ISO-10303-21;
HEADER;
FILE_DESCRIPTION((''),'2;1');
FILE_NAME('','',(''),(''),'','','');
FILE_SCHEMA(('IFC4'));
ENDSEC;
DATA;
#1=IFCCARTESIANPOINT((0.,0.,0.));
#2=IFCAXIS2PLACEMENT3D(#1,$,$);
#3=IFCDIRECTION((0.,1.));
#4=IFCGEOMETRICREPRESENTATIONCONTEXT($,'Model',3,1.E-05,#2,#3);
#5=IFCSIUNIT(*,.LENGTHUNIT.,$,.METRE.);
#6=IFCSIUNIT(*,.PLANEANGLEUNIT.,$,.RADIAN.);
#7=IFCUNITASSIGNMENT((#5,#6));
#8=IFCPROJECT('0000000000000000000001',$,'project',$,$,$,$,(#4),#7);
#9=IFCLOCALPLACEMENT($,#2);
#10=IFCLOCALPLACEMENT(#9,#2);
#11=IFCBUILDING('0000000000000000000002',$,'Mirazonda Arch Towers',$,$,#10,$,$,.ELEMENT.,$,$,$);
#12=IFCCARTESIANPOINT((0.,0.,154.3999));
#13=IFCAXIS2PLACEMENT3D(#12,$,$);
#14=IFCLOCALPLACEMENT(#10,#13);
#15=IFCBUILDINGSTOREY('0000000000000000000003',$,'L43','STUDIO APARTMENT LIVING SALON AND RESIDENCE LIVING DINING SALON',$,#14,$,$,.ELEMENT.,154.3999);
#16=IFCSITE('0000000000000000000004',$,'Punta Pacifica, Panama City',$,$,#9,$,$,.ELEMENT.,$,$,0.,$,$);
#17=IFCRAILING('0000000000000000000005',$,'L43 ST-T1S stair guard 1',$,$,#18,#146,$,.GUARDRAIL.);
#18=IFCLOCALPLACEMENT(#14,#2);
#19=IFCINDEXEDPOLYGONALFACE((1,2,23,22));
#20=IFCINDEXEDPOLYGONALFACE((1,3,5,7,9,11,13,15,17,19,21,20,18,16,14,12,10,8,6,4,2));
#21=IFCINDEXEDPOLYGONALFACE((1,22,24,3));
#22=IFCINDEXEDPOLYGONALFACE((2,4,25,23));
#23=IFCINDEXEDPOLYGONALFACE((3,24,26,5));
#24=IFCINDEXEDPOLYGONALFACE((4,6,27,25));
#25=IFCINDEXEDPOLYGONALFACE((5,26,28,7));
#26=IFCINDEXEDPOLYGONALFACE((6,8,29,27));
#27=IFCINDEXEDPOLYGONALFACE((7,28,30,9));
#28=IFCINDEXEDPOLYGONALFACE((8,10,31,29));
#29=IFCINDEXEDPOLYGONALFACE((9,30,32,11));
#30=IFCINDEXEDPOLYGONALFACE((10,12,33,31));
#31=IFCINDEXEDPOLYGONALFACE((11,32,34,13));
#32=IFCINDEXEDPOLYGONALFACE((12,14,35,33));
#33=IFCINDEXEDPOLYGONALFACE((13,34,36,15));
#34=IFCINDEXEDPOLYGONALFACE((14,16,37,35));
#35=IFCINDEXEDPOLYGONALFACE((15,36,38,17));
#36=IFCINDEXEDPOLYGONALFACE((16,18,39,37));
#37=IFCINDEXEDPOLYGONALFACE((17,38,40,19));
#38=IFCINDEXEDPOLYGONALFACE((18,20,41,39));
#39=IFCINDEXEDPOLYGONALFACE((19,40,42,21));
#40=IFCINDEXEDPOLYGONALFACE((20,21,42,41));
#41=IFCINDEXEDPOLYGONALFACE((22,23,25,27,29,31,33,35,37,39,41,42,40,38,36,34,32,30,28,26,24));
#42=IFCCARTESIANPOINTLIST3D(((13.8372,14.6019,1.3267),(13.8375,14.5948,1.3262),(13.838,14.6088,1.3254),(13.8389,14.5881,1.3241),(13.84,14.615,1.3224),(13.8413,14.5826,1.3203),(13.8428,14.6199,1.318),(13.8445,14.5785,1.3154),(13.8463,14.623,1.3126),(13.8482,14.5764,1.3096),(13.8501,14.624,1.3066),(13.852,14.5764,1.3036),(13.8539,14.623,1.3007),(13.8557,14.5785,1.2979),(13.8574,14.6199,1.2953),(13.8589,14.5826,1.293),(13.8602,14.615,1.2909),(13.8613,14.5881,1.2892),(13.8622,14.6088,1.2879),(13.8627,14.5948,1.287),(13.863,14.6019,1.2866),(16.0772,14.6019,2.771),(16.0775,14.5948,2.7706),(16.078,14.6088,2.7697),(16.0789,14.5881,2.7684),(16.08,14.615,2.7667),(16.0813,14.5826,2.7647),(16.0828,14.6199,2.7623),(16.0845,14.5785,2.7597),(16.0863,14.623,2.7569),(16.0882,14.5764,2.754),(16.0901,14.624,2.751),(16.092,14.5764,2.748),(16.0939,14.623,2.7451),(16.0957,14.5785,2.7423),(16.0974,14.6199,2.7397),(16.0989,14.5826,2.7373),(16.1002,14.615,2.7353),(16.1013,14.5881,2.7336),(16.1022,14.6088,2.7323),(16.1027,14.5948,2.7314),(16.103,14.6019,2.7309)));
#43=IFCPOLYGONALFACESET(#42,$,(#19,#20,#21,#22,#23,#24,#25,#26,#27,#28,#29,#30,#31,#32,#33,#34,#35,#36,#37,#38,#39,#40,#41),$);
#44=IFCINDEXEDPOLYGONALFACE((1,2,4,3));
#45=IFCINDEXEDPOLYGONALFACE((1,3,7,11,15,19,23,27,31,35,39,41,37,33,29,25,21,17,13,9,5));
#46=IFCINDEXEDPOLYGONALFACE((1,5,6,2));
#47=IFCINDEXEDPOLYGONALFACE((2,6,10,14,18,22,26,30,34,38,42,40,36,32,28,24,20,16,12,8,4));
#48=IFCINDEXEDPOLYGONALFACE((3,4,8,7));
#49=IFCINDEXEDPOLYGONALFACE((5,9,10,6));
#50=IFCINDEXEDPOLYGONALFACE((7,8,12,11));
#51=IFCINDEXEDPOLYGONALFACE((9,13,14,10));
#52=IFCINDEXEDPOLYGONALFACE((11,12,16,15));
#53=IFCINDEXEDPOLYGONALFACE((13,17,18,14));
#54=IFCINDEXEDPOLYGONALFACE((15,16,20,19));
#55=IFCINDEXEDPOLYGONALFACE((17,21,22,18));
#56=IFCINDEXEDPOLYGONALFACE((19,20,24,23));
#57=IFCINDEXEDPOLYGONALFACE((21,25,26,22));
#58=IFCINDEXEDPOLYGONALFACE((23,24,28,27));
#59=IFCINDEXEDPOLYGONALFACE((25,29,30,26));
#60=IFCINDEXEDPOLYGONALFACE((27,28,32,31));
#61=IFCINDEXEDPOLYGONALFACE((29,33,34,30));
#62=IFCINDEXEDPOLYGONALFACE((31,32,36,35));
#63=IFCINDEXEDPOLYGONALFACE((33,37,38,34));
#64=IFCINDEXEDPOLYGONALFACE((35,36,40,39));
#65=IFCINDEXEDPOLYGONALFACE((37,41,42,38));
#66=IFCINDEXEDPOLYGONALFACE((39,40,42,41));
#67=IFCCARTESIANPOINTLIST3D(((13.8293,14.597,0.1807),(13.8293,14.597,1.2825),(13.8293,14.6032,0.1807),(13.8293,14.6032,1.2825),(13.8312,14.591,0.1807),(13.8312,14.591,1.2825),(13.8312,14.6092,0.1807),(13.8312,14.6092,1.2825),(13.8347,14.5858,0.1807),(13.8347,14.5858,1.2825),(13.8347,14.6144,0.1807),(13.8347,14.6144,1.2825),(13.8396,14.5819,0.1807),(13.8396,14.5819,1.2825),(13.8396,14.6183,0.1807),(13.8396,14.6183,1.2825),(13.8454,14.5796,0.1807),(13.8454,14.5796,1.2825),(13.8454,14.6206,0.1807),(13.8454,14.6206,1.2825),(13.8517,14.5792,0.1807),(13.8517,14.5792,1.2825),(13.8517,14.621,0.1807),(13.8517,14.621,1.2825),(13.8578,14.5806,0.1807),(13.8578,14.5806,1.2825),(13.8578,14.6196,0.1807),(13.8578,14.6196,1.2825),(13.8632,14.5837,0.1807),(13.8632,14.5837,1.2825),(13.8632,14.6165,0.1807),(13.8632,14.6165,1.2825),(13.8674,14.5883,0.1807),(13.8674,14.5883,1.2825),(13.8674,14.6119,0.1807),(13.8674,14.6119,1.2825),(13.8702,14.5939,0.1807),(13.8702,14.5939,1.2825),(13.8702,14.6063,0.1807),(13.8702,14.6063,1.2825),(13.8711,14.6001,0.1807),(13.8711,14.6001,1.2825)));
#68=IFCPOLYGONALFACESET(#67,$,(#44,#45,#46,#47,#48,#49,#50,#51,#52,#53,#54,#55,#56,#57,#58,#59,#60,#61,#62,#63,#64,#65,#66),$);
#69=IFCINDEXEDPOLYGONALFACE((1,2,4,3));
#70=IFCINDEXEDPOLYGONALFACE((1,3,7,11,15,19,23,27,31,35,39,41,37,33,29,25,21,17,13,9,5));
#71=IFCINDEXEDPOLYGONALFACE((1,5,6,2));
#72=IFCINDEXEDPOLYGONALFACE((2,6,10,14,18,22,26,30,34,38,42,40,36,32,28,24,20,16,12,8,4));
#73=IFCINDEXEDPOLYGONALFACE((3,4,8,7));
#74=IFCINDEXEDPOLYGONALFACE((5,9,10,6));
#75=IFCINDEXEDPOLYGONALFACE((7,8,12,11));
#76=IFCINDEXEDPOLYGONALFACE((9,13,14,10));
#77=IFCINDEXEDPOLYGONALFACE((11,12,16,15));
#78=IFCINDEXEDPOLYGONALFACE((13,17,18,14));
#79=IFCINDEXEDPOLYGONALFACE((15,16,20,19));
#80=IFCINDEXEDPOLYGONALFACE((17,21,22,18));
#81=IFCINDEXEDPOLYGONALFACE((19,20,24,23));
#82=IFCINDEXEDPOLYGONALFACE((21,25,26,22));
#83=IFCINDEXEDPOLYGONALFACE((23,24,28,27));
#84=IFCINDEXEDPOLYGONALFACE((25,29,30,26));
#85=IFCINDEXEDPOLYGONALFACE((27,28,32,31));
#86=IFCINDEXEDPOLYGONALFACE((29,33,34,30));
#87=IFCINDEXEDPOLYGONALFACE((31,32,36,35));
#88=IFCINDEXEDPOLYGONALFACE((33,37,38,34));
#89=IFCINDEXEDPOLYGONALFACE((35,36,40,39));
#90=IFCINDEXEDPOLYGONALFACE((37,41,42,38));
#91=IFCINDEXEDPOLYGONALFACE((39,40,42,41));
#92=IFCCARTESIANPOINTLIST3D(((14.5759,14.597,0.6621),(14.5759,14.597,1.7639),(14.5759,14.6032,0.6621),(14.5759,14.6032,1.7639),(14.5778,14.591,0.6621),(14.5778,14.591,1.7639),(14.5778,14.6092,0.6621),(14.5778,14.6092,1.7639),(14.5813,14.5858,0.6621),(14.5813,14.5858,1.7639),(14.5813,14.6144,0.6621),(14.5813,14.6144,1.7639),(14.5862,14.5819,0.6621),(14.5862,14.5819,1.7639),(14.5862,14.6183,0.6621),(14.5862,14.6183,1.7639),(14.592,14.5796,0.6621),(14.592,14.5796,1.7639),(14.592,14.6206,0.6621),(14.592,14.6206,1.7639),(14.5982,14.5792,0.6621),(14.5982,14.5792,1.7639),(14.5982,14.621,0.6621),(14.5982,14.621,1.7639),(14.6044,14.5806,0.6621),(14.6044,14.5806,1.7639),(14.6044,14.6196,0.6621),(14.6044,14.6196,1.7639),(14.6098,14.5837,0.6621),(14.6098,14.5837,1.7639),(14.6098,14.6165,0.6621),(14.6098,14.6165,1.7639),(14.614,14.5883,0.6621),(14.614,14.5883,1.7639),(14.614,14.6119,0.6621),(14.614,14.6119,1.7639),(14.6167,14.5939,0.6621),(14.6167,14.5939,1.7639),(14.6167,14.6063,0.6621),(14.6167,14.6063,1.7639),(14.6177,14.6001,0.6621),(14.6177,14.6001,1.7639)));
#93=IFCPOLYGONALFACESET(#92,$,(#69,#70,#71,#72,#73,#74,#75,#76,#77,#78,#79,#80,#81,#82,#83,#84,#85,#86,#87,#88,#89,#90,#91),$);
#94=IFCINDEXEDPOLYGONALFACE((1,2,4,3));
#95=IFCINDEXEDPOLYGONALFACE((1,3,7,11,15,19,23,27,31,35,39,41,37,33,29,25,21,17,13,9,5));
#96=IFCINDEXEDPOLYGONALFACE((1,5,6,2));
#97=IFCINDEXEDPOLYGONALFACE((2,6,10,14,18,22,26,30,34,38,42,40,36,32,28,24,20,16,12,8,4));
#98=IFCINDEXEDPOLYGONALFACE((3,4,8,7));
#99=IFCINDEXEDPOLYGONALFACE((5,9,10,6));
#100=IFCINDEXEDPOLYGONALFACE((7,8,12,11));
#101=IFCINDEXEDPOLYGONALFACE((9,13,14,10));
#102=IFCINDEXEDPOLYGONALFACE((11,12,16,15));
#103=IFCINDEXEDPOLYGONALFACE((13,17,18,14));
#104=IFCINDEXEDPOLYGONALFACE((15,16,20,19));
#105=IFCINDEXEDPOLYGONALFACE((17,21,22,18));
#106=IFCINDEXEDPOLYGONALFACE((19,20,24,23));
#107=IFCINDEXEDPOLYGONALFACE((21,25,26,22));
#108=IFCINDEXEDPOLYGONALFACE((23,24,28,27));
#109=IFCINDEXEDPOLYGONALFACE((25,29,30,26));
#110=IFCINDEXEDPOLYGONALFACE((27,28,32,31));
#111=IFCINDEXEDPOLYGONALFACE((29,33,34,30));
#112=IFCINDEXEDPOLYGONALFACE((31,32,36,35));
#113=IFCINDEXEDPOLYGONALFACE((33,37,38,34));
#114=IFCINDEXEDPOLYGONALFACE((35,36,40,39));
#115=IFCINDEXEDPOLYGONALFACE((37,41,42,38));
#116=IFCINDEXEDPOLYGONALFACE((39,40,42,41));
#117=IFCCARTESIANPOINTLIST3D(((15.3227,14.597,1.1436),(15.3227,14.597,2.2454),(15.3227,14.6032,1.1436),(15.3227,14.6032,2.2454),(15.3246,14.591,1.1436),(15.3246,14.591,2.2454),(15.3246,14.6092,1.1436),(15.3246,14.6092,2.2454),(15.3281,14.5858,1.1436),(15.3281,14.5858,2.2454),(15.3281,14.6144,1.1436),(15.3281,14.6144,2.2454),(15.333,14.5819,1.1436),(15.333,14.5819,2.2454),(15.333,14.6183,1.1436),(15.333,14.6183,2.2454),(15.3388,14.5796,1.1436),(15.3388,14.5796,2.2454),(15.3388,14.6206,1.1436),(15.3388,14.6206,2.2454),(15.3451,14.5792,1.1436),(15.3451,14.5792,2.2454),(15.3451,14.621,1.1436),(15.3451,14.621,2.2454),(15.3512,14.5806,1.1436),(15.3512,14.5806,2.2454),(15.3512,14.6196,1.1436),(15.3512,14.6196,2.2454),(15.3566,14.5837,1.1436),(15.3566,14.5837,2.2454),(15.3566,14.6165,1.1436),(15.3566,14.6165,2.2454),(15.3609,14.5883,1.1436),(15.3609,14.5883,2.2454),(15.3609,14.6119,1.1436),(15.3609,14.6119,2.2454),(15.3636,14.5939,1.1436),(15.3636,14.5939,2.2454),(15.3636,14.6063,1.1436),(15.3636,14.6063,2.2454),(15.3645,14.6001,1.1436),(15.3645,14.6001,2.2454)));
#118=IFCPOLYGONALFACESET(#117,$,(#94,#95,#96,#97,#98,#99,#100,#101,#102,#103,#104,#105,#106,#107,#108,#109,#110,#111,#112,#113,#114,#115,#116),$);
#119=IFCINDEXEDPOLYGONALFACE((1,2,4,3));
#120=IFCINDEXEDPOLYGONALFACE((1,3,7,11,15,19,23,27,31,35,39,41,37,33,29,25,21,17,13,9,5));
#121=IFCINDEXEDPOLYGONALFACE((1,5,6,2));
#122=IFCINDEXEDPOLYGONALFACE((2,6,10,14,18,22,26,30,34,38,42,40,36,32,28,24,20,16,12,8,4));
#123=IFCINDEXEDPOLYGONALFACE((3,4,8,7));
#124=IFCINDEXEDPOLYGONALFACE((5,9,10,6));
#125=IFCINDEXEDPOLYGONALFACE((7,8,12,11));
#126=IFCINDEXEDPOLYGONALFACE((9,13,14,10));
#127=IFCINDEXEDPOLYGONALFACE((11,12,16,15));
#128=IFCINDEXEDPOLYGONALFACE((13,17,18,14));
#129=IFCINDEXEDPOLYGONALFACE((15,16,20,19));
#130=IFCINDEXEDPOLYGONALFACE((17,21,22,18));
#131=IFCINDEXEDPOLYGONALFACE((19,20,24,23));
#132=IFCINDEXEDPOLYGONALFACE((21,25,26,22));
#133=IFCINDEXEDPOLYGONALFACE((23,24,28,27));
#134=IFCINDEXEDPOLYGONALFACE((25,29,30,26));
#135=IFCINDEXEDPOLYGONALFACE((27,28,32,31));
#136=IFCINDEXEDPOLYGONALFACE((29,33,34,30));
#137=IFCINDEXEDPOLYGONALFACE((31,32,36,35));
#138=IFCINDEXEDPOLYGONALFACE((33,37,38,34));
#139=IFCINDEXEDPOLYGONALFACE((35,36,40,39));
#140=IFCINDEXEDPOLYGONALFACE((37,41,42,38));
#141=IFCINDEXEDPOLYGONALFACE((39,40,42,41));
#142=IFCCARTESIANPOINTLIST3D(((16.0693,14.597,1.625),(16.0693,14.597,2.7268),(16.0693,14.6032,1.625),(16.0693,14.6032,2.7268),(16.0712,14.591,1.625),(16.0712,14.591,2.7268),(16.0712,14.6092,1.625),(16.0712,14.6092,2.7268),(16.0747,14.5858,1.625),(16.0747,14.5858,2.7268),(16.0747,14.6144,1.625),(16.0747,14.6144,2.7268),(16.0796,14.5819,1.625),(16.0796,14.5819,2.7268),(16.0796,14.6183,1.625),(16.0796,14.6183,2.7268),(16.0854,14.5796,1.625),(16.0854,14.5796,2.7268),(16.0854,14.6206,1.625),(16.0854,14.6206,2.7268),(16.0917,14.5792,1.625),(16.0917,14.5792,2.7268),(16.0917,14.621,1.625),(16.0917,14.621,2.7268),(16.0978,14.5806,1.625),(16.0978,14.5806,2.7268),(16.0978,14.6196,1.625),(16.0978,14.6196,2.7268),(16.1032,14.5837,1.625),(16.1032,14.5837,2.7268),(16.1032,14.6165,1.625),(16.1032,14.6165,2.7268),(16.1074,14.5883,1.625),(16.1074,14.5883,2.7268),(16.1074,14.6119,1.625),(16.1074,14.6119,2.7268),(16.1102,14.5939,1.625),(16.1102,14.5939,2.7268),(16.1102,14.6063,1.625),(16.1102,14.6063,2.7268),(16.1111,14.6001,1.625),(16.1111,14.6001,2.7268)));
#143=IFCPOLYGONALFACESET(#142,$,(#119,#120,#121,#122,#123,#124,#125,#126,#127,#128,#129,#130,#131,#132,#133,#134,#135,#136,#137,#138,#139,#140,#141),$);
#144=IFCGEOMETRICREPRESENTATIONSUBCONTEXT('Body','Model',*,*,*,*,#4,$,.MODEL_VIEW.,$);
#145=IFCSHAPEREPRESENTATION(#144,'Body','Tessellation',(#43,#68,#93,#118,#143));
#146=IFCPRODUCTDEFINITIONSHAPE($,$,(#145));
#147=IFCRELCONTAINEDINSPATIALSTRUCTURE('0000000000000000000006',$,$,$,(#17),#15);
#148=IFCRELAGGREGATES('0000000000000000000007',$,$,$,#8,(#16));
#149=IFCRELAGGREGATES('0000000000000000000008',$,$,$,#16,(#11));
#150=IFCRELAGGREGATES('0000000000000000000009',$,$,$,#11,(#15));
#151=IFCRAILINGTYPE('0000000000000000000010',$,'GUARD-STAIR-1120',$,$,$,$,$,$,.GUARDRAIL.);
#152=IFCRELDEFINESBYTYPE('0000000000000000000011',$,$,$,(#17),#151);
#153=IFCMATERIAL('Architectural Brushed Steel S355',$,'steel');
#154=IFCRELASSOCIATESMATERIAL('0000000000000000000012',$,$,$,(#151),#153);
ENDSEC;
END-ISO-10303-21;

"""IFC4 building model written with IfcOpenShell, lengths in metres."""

from ifc_helpers import new_model, si_unit, direction, frame, origin, origin_2d, place, context, subcontext, project, spatial, circle, extrude, material, type_object, element, save


model = new_model("IFC4")

# Units and contexts
model_context = context("Model", 3, precision=1e-05, world=origin(), true_north=direction((0.0, 1.0)))
body_context = subcontext(model_context, "Body", "Model", "MODEL_VIEW")
ifc_project = project(units=[si_unit("LENGTHUNIT", "METRE"), si_unit("PLANEANGLEUNIT", "RADIAN")], contexts=[model_context])

# Site, building, storey
site_placement = place(None, origin())
site = spatial("IfcSite", under=ifc_project, at=site_placement, Name="Punta Pacifica, Panama City", CompositionType="ELEMENT", RefElevation=0.0)
building_placement = place(site_placement, origin())
building = spatial("IfcBuilding", under=site, at=building_placement, Name="Mirazonda Arch Towers", CompositionType="ELEMENT")
storey_placement = place(building_placement, frame((0.0, 0.0, 154.3999)))
storey = spatial("IfcBuildingStorey", under=building, at=storey_placement, Name="L43", Description="STUDIO APARTMENT LIVING SALON AND RESIDENCE LIVING DINING SALON", CompositionType="ELEMENT", Elevation=154.3999)

# Shared definitions
ifc_material_1 = material(Name="Architectural Brushed Steel S355", Category="steel")

# Railing
railing_type_1 = type_object("IfcRailingType", Name="GUARD-STAIR-1120", PredefinedType="GUARDRAIL", material=ifc_material_1)
railing_1_placement = place(storey_placement, frame((13.8501, 14.6001, 0.1807)))
element("IfcRailing", 1, at=railing_1_placement, inside=storey, type_object=railing_type_1, Name="L43 ST-T1S stair guard 1", PredefinedType="GUARDRAIL", context=body_context, shape_type="SweptSolid", body=[
    extrude(circle(Radius=0.0239, at=origin_2d()), frame((0.0, 0.0, 1.126), z_axis=(0.840437, 0.0, 0.54191), x_axis=(0.0, 1.0, 0.0)), (0.0, 0.0, 1.0), 2.6653),
    extrude(circle(Radius=0.021, at=origin_2d()), origin(), (0.0, 0.0, 1.0), 1.1018),
    extrude(circle(Radius=0.021, at=origin_2d()), frame((0.7466, 0.0, 0.4814)), (0.0, 0.0, 1.0), 1.1018),
    extrude(circle(Radius=0.021, at=origin_2d()), frame((1.4934, 0.0, 0.9629)), (0.0, 0.0, 1.0), 1.1018),
    extrude(circle(Radius=0.021, at=origin_2d()), frame((2.24, 0.0, 1.4443)), (0.0, 0.0, 1.0), 1.1018),
])

save(model, "model.ifc")
